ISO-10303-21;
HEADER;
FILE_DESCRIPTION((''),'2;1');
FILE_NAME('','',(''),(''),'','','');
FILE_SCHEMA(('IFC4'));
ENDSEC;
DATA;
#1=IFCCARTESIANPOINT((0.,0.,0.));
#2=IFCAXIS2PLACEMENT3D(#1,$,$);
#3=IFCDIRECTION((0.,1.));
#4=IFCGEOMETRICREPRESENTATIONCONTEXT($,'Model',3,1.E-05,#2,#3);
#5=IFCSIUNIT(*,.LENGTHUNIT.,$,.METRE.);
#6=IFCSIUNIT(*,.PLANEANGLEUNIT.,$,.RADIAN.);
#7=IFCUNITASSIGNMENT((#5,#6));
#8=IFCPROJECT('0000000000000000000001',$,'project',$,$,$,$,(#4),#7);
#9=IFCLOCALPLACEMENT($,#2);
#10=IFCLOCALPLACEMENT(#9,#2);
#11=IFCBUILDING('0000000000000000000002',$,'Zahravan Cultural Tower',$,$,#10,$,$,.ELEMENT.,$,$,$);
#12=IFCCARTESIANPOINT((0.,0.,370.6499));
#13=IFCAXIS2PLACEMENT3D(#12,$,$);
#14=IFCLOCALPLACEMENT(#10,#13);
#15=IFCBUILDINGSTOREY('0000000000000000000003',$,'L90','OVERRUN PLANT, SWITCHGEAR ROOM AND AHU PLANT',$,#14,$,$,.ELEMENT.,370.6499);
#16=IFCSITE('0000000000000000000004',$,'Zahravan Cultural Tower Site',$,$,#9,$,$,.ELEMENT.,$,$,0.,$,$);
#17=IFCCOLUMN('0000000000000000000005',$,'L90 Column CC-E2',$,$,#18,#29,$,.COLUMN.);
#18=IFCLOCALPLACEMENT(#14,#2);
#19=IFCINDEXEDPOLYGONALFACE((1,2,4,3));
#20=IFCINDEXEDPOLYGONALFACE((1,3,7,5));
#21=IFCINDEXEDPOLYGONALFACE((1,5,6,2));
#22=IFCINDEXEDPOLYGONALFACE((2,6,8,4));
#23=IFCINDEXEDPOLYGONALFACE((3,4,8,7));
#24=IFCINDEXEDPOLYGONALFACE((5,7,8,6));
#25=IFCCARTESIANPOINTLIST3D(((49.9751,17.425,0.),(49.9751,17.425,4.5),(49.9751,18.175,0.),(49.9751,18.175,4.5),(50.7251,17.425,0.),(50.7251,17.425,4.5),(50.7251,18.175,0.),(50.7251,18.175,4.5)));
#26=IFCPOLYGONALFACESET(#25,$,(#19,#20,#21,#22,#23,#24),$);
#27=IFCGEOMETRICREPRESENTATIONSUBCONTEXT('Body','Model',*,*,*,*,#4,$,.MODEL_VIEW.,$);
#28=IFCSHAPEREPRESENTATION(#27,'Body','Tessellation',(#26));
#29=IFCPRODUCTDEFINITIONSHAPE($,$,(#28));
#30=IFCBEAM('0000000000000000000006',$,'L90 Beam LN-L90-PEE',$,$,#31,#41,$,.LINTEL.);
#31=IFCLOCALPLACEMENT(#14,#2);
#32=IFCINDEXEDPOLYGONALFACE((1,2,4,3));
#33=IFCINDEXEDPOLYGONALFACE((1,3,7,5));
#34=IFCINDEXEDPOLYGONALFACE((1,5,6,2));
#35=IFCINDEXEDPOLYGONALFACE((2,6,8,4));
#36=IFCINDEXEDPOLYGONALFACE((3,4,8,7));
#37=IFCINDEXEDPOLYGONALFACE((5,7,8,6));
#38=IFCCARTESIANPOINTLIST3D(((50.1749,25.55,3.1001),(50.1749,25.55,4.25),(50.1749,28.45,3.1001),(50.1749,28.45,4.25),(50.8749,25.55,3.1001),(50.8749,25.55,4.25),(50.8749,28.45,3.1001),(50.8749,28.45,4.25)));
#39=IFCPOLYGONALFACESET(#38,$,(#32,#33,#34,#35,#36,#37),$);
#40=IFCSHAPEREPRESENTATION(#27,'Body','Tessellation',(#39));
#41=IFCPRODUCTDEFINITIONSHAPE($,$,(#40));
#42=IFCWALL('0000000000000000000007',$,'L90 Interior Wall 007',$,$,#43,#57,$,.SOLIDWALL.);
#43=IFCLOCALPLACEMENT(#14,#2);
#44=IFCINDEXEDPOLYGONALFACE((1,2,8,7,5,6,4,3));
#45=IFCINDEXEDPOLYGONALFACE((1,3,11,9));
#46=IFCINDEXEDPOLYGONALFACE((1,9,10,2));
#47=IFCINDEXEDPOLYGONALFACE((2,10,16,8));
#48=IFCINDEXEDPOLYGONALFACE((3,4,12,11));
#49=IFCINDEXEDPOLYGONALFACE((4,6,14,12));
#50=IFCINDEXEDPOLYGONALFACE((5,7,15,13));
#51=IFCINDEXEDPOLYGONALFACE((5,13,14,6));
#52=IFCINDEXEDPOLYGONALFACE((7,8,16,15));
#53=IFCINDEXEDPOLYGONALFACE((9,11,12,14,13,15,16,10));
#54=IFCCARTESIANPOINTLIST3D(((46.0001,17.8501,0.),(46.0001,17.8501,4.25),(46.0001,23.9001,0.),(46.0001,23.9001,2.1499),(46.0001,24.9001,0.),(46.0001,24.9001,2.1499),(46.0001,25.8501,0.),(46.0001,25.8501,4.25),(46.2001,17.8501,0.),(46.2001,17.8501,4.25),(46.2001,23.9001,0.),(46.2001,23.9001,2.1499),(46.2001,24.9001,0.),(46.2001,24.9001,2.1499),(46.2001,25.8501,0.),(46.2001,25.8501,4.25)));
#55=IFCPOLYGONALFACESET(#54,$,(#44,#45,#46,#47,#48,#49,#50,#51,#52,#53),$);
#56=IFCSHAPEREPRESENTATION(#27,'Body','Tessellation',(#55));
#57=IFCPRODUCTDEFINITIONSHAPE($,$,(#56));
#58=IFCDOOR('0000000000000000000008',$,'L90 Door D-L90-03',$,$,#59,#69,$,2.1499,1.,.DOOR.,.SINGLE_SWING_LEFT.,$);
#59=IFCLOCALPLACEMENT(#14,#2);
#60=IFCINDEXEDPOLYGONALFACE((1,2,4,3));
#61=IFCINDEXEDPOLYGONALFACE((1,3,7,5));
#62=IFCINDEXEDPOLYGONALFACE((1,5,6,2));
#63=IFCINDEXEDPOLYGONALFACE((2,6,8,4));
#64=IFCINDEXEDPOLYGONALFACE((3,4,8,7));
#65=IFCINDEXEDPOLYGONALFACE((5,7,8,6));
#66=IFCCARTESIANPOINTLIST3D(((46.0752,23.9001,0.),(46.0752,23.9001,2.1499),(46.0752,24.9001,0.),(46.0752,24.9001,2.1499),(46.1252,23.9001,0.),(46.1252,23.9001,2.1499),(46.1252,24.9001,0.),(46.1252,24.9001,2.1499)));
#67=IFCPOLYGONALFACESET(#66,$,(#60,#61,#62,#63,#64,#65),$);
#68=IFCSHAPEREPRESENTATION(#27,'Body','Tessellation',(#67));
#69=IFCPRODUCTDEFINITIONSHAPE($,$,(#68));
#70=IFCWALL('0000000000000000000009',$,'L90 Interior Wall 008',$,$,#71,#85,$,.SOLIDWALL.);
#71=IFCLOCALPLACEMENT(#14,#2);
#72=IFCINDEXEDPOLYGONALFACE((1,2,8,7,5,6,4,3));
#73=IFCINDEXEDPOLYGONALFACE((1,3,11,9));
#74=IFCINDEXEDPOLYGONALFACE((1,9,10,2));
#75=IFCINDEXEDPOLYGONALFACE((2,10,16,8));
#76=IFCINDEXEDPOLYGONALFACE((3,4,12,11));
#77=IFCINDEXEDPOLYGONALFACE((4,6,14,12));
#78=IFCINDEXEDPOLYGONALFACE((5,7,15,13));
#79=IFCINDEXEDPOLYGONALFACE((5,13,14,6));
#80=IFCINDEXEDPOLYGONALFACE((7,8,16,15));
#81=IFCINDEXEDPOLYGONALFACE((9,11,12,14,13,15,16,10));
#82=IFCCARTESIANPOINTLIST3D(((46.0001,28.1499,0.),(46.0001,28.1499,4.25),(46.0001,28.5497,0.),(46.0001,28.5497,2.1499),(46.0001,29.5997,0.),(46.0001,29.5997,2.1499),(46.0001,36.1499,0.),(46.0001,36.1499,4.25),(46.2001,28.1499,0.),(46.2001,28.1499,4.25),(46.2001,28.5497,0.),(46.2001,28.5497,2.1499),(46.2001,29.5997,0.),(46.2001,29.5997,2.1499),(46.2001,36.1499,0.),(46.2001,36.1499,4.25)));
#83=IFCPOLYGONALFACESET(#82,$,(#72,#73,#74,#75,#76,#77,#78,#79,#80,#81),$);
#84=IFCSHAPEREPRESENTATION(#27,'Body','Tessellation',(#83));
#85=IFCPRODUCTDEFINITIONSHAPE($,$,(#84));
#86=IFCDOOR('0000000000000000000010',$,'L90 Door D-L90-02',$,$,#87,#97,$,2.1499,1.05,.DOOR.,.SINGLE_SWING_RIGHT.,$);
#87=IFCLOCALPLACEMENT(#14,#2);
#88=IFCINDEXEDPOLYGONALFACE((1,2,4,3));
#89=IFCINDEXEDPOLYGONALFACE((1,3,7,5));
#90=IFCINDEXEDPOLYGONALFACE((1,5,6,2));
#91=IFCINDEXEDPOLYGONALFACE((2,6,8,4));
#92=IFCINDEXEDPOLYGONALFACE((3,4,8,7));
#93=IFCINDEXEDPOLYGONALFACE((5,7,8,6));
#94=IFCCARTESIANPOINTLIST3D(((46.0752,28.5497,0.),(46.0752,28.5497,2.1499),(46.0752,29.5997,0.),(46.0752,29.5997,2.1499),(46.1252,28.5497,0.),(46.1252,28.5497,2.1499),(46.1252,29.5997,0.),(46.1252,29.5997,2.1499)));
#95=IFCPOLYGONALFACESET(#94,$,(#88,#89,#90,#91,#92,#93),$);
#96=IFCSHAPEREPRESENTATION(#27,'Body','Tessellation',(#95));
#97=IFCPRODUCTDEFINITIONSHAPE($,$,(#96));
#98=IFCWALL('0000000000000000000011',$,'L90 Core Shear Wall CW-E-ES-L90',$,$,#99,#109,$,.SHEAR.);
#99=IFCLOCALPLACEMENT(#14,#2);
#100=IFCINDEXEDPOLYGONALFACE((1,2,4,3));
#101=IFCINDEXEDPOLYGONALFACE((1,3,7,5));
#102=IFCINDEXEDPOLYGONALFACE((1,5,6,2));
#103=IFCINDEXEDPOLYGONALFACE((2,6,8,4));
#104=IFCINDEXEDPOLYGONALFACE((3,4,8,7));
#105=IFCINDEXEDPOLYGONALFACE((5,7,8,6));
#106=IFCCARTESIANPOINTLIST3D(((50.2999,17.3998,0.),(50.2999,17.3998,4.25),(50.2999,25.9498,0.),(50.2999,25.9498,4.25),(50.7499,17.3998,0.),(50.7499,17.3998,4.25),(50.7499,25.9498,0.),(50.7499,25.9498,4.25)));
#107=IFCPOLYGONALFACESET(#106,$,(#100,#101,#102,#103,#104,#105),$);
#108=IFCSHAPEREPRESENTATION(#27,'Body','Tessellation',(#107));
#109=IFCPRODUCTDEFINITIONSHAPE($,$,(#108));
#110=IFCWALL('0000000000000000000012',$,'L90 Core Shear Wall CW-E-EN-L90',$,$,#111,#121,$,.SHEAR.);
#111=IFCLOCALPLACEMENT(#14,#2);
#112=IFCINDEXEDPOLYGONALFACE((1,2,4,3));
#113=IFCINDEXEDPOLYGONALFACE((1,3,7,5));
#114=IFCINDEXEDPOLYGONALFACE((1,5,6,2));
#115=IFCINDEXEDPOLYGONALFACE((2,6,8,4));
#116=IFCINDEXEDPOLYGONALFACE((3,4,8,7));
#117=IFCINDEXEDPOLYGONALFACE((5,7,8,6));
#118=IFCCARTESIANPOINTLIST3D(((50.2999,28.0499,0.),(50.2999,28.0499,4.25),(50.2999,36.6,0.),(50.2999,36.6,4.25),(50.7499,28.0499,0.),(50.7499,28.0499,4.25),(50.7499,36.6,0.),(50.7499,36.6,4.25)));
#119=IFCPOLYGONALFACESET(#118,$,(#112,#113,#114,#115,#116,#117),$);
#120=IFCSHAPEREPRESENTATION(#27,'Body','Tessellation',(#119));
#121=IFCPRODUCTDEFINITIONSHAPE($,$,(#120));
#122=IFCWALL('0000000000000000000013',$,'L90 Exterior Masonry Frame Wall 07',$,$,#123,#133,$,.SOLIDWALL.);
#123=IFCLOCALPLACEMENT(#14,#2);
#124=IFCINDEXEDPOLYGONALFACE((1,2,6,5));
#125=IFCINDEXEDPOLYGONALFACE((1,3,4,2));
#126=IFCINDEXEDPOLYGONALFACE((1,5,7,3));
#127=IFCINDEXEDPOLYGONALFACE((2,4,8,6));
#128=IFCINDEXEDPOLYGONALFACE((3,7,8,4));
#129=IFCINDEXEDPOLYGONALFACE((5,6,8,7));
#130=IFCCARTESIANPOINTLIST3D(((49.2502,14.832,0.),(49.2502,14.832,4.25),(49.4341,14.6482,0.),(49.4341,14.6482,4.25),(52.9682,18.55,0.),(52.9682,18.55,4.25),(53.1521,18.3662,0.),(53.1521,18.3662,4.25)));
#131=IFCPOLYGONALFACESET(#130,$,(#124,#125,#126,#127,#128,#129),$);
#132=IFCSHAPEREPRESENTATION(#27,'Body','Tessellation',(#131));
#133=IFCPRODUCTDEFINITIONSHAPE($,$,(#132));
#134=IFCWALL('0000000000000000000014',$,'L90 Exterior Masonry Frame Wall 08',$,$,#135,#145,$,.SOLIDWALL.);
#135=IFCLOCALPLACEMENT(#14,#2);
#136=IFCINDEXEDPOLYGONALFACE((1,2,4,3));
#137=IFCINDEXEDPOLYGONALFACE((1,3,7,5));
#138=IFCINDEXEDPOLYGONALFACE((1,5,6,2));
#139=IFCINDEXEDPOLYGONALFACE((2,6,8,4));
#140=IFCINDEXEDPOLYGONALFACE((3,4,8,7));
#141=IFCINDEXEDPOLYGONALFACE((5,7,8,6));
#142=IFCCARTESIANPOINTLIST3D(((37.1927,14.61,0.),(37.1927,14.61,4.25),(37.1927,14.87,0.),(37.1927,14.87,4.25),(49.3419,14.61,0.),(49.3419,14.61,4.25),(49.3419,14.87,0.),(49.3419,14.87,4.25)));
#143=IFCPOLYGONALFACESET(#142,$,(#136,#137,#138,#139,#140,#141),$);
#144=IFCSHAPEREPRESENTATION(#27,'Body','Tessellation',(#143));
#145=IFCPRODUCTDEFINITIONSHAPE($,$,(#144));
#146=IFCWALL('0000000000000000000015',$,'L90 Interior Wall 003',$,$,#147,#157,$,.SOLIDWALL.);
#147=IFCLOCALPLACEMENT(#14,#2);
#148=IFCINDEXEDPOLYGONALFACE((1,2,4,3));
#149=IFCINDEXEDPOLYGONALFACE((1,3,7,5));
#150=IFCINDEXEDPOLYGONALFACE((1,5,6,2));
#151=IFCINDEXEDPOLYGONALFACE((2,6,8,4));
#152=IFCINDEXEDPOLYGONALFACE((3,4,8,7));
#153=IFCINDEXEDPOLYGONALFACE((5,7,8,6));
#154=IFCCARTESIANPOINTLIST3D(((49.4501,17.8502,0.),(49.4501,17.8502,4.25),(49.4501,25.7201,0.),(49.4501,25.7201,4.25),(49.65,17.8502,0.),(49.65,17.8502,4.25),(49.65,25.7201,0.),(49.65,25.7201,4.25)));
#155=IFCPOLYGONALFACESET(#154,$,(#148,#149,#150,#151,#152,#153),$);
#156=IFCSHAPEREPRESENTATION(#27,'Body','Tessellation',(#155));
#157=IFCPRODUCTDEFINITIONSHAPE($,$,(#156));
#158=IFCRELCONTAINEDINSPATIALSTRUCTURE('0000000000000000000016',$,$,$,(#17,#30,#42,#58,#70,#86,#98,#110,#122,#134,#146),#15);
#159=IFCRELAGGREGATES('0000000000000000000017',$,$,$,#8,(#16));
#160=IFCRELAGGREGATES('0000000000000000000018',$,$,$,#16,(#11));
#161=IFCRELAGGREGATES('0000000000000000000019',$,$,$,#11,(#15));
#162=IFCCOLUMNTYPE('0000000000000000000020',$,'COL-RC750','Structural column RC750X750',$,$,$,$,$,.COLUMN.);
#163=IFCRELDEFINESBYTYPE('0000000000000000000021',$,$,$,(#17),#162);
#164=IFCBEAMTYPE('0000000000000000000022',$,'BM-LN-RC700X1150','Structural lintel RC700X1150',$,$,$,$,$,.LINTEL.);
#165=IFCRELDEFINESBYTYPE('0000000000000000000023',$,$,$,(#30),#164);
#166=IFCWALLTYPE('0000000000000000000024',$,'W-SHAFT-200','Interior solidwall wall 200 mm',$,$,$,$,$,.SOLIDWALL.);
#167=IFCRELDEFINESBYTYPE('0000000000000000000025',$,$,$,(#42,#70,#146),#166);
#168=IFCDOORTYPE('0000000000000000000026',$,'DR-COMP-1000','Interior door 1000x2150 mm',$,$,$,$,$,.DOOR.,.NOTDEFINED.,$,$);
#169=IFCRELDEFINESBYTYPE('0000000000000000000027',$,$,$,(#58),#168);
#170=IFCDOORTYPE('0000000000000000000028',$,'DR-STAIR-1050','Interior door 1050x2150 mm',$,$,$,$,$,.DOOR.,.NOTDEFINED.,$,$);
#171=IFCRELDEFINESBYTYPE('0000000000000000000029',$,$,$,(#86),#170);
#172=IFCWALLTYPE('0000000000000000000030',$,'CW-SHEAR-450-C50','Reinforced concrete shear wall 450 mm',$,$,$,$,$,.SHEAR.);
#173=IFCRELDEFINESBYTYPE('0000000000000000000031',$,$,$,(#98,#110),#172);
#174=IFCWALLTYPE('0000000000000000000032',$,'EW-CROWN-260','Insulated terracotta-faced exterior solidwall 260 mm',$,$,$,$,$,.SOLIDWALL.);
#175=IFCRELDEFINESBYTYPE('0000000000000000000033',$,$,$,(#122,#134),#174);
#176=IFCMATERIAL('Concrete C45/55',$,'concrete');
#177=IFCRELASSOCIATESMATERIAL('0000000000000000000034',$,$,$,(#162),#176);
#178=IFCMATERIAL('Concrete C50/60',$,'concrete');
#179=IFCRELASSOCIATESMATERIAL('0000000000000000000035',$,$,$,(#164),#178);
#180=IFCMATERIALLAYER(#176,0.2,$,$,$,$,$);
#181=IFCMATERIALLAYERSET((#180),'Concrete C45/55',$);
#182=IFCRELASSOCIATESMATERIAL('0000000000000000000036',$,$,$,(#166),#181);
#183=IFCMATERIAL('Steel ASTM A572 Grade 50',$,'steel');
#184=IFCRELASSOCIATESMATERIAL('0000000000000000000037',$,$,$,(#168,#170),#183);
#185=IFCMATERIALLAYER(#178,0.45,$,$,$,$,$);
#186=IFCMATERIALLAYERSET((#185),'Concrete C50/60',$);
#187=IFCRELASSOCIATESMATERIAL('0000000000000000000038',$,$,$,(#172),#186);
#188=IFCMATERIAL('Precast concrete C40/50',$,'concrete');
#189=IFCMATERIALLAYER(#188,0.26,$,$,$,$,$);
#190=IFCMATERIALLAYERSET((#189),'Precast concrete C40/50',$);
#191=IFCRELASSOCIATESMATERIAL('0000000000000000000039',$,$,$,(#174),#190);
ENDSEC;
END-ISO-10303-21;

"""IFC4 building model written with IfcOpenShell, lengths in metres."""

from ifc_helpers import new_model, si_unit, direction, frame, frame_2d, origin, origin_2d, place, context, subcontext, project, spatial, rectangle, extrude, source, transform, mapped, material, layer, layer_set, material_profile, profile_set, type_object, element, fill, save


model = new_model("IFC4")

# Units and contexts
model_context = context("Model", 3, precision=1e-05, world=origin(), true_north=direction((0.0, 1.0)))
body_context = subcontext(model_context, "Body", "Model", "MODEL_VIEW")
ifc_project = project(units=[si_unit("LENGTHUNIT", "METRE"), si_unit("PLANEANGLEUNIT", "RADIAN")], contexts=[model_context])

# Site, building, storey
site_placement = place(None, origin())
site = spatial("IfcSite", under=ifc_project, at=site_placement, Name="Zahravan Cultural Tower Site", CompositionType="ELEMENT", RefElevation=0.0)
building_placement = place(site_placement, origin())
building = spatial("IfcBuilding", under=site, at=building_placement, Name="Zahravan Cultural Tower", CompositionType="ELEMENT")
storey_placement = place(building_placement, frame((0.0, 0.0, 370.6499)))
storey = spatial("IfcBuildingStorey", under=building, at=storey_placement, Name="L90", Description="OVERRUN PLANT, SWITCHGEAR ROOM AND AHU PLANT", CompositionType="ELEMENT", Elevation=370.6499)

# Column
ifc_material_1 = material(Name="Concrete C45/55", Category="concrete")
ifc_material_profile_1 = material_profile(ifc_material_1, rectangle(XDim=0.75, YDim=0.75, at=origin_2d()), Name="RC750X750")
ifc_profile_set_1 = profile_set([ifc_material_profile_1], Name="Concrete C45/55")
column_type = type_object("IfcColumnType", Name="COL-RC750", Description="Structural column RC750X750", PredefinedType="COLUMN", material=ifc_profile_set_1)
shared_shape_1 = source(origin(), body_context, "Body", "SweptSolid", [
    extrude(rectangle(XDim=0.75, YDim=0.75, at=origin_2d()), origin(), (0.0, 0.0, 1.0), 4.5),
])
column_placement = place(storey_placement, frame((50.3501, 17.8, 0.0), z_axis=(0.0, 0.0, 1.0), x_axis=(1.0, 0.0, 0.0)))
element("IfcColumn", 1, at=column_placement, inside=storey, type_object=column_type, Name="L90 Column CC-E2", PredefinedType="COLUMN", context=body_context, shape_type="MappedRepresentation", body=[
    mapped(shared_shape_1, transform((0.0, 0.0, 0.0), x_axis=(1.0, 0.0, 0.0), y_axis=(0.0, 1.0, 0.0), z_axis=(0.0, 0.0, 1.0), scale=1.0)),
])

# Beam
ifc_material_2 = material(Name="Concrete C50/60", Category="concrete")
ifc_material_profile_2 = material_profile(ifc_material_2, rectangle(XDim=0.7, YDim=1.1499, at=origin_2d()), Name="RC700X1150")
ifc_profile_set_2 = profile_set([ifc_material_profile_2], Name="Concrete C50/60")
beam_type = type_object("IfcBeamType", Name="BM-LN-RC700X1150", Description="Structural lintel RC700X1150", PredefinedType="LINTEL", material=ifc_profile_set_2)
shared_shape_2 = source(origin(), body_context, "Body", "SweptSolid", [
    extrude(rectangle(XDim=0.7, YDim=1.1499, at=origin_2d()), origin(), (0.0, 0.0, 1.0), 2.8999),
])
beam_placement = place(storey_placement, frame((50.5249, 25.55, 3.675), z_axis=(0.0, 1.0, 0.0), x_axis=(-1.0, 0.0, 0.0)))
element("IfcBeam", 2, at=beam_placement, inside=storey, type_object=beam_type, Name="L90 Beam LN-L90-PEE", PredefinedType="LINTEL", context=body_context, shape_type="MappedRepresentation", body=[
    mapped(shared_shape_2, transform((0.0, 0.0, 0.0), x_axis=(1.0, 0.0, 0.0), y_axis=(0.0, 1.0, 0.0), z_axis=(0.0, 0.0, 1.0), scale=1.0)),
])

# Walls, openings, doors
ifc_layer_1 = layer(ifc_material_1, 0.2)
ifc_layer_set_1 = layer_set([ifc_layer_1], Name="Concrete C45/55")
wall_type_1 = type_object("IfcWallType", Name="W-SHAFT-200", Description="Interior solidwall wall 200 mm", PredefinedType="SOLIDWALL", material=ifc_layer_set_1)
wall_1_placement = place(storey_placement, frame((46.1001, 17.8501, 0.0), z_axis=(0.0, 0.0, 1.0), x_axis=(0.0, 1.0, 0.0)))
wall_1 = element("IfcWall", 3, at=wall_1_placement, inside=storey, type_object=wall_type_1, Name="L90 Interior Wall 007", PredefinedType="SOLIDWALL", context=body_context, shape_type="SweptSolid", body=[
    extrude(rectangle(XDim=8.0, YDim=0.2, at=frame_2d((4.0, 0.0))), origin(), (0.0, 0.0, 1.0), 4.25),
])
opening_1_placement = place(wall_1_placement, frame((6.05, 0.0, 0.0)))
opening_1 = element("IfcOpeningElement", 4, at=opening_1_placement, cuts=wall_1, PredefinedType="OPENING", context=body_context, shape_type="SweptSolid", body=[
    extrude(rectangle(XDim=1.0, YDim=2.1499, at=frame_2d((0.5, 1.075))), frame((0.0, 0.1099, 0.0), z_axis=(0.0, -1.0, 0.0), x_axis=(1.0, 0.0, 0.0)), (0.0, 0.0, 1.0), 0.22),
])
ifc_material_3 = material(Name="Steel ASTM A572 Grade 50", Category="steel")
door_type_1 = type_object("IfcDoorType", Name="DR-COMP-1000", Description="Interior door 1000x2150 mm", OperationType="NOTDEFINED", PredefinedType="DOOR", material=ifc_material_3)
shared_shape_3 = source(origin(), body_context, "Body", "SweptSolid", [
    extrude(rectangle(XDim=1.0, YDim=2.1499, at=frame_2d((0.5, 1.075))), frame((0.0, 0.0249, 0.0), z_axis=(0.0, -1.0, 0.0), x_axis=(1.0, 0.0, 0.0)), (0.0, 0.0, 1.0), 0.05),
])
door_1_placement = place(opening_1_placement, origin())
door_1 = element("IfcDoor", 5, at=door_1_placement, inside=storey, type_object=door_type_1, Name="L90 Door D-L90-03", OperationType="SINGLE_SWING_LEFT", OverallHeight=2.1499, OverallWidth=1.0, PredefinedType="DOOR", context=body_context, shape_type="MappedRepresentation", body=[
    mapped(shared_shape_3, transform((0.0, 0.0, 0.0), x_axis=(1.0, 0.0, 0.0), y_axis=(0.0, 1.0, 0.0), z_axis=(0.0, 0.0, 1.0), scale=1.0)),
])
fill(opening_1, door_1)
wall_2_placement = place(storey_placement, frame((46.1001, 28.1499, 0.0), z_axis=(0.0, 0.0, 1.0), x_axis=(0.0, 1.0, 0.0)))
wall_2 = element("IfcWall", 6, at=wall_2_placement, inside=storey, type_object=wall_type_1, Name="L90 Interior Wall 008", PredefinedType="SOLIDWALL", context=body_context, shape_type="SweptSolid", body=[
    extrude(rectangle(XDim=8.0, YDim=0.2, at=frame_2d((4.0, 0.0))), origin(), (0.0, 0.0, 1.0), 4.25),
])
opening_2_placement = place(wall_2_placement, frame((0.3999, 0.0, 0.0)))
opening_2 = element("IfcOpeningElement", 7, at=opening_2_placement, cuts=wall_2, PredefinedType="OPENING", context=body_context, shape_type="SweptSolid", body=[
    extrude(rectangle(XDim=1.05, YDim=2.1499, at=frame_2d((0.5249, 1.075))), frame((0.0, 0.1099, 0.0), z_axis=(0.0, -1.0, 0.0), x_axis=(1.0, 0.0, 0.0)), (0.0, 0.0, 1.0), 0.22),
])
door_type_2 = type_object("IfcDoorType", Name="DR-STAIR-1050", Description="Interior door 1050x2150 mm", OperationType="NOTDEFINED", PredefinedType="DOOR", material=ifc_material_3)
shared_shape_4 = source(origin(), body_context, "Body", "SweptSolid", [
    extrude(rectangle(XDim=1.05, YDim=2.1499, at=frame_2d((0.5249, 1.075))), frame((0.0, 0.0249, 0.0), z_axis=(0.0, -1.0, 0.0), x_axis=(1.0, 0.0, 0.0)), (0.0, 0.0, 1.0), 0.05),
])
door_2_placement = place(opening_2_placement, origin())
door_2 = element("IfcDoor", 8, at=door_2_placement, inside=storey, type_object=door_type_2, Name="L90 Door D-L90-02", OperationType="SINGLE_SWING_RIGHT", OverallHeight=2.1499, OverallWidth=1.05, PredefinedType="DOOR", context=body_context, shape_type="MappedRepresentation", body=[
    mapped(shared_shape_4, transform((0.0, 0.0, 0.0), x_axis=(1.0, 0.0, 0.0), y_axis=(0.0, 1.0, 0.0), z_axis=(0.0, 0.0, 1.0), scale=1.0)),
])
fill(opening_2, door_2)

# Walls
ifc_layer_2 = layer(ifc_material_2, 0.45)
ifc_layer_set_2 = layer_set([ifc_layer_2], Name="Concrete C50/60")
wall_type_2 = type_object("IfcWallType", Name="CW-SHEAR-450-C50", Description="Reinforced concrete shear wall 450 mm", PredefinedType="SHEAR", material=ifc_layer_set_2)
shared_shape_5 = source(origin(), body_context, "Body", "SweptSolid", [
    extrude(rectangle(XDim=8.55, YDim=0.45, at=frame_2d((4.2749, 0.0))), origin(), (0.0, 0.0, 1.0), 4.25),
])
for number, where, z_axis, x_axis, name in (
    (9, (50.5249, 17.3999, 0.0), (0.0, 0.0, 1.0), (0.0, 1.0, 0.0), "L90 Core Shear Wall CW-E-ES-L90"),
    (10, (50.5249, 28.05, 0.0), (0.0, 0.0, 1.0), (0.0, 1.0, 0.0), "L90 Core Shear Wall CW-E-EN-L90"),
):
    element("IfcWall", number, at=place(storey_placement, frame(where, z_axis=z_axis, x_axis=x_axis)), inside=storey, type_object=wall_type_2, Name=name, PredefinedType="SHEAR", context=body_context, shape_type="MappedRepresentation", body=[
        mapped(shared_shape_5, transform((0.0, 0.0, 0.0), x_axis=(1.0, 0.0, 0.0), y_axis=(0.0, 1.0, 0.0), z_axis=(0.0, 0.0, 1.0), scale=1.0)),
    ])
ifc_material_4 = material(Name="Precast concrete C40/50", Category="concrete")
ifc_layer_3 = layer(ifc_material_4, 0.26)
ifc_layer_set_3 = layer_set([ifc_layer_3], Name="Precast concrete C40/50")
wall_type_3 = type_object("IfcWallType", Name="EW-CROWN-260", Description="Insulated terracotta-faced exterior solidwall 260 mm", PredefinedType="SOLIDWALL", material=ifc_layer_set_3)
shared_shape_6 = source(origin(), body_context, "Body", "SweptSolid", [
    extrude(rectangle(XDim=5.2581, YDim=0.26, at=frame_2d((2.6289, 0.0))), origin(), (0.0, 0.0, 1.0), 4.25),
])
wall_3_placement = place(storey_placement, frame((53.0601, 18.458, 0.0), z_axis=(0.0, 0.0, 1.0), x_axis=(-0.707107, -0.707107, 0.0)))
element("IfcWall", 11, at=wall_3_placement, inside=storey, type_object=wall_type_3, Name="L90 Exterior Masonry Frame Wall 07", PredefinedType="SOLIDWALL", context=body_context, shape_type="MappedRepresentation", body=[
    mapped(shared_shape_6, transform((0.0, 0.0, 0.0), x_axis=(1.0, 0.0, 0.0), y_axis=(0.0, 1.0, 0.0), z_axis=(0.0, 0.0, 1.0), scale=1.0)),
])
shared_shape_7 = source(origin(), body_context, "Body", "SweptSolid", [
    extrude(rectangle(XDim=12.1492, YDim=0.26, at=frame_2d((6.0747, 0.0))), origin(), (0.0, 0.0, 1.0), 4.25),
])
wall_4_placement = place(storey_placement, frame((49.342, 14.74, 0.0), z_axis=(0.0, 0.0, 1.0), x_axis=(-1.0, 0.0, 0.0)))
element("IfcWall", 12, at=wall_4_placement, inside=storey, type_object=wall_type_3, Name="L90 Exterior Masonry Frame Wall 08", PredefinedType="SOLIDWALL", context=body_context, shape_type="MappedRepresentation", body=[
    mapped(shared_shape_7, transform((0.0, 0.0, 0.0), x_axis=(1.0, 0.0, 0.0), y_axis=(0.0, 1.0, 0.0), z_axis=(0.0, 0.0, 1.0), scale=1.0)),
])
shared_shape_8 = source(origin(), body_context, "Body", "SweptSolid", [
    extrude(rectangle(XDim=7.8699, YDim=0.2, at=frame_2d((3.9351, 0.0))), origin(), (0.0, 0.0, 1.0), 4.25),
])
for number, where, z_axis, x_axis, name in (
    (13, (49.55, 17.8501, 0.0), (0.0, 0.0, 1.0), (0.0, 1.0, 0.0), "L90 Interior Wall 003"),
):
    element("IfcWall", number, at=place(storey_placement, frame(where, z_axis=z_axis, x_axis=x_axis)), inside=storey, type_object=wall_type_1, Name=name, PredefinedType="SOLIDWALL", context=body_context, shape_type="MappedRepresentation", body=[
        mapped(shared_shape_8, transform((0.0, 0.0, 0.0), x_axis=(1.0, 0.0, 0.0), y_axis=(0.0, 1.0, 0.0), z_axis=(0.0, 0.0, 1.0), scale=1.0)),
    ])

save(model, "model.ifc")
